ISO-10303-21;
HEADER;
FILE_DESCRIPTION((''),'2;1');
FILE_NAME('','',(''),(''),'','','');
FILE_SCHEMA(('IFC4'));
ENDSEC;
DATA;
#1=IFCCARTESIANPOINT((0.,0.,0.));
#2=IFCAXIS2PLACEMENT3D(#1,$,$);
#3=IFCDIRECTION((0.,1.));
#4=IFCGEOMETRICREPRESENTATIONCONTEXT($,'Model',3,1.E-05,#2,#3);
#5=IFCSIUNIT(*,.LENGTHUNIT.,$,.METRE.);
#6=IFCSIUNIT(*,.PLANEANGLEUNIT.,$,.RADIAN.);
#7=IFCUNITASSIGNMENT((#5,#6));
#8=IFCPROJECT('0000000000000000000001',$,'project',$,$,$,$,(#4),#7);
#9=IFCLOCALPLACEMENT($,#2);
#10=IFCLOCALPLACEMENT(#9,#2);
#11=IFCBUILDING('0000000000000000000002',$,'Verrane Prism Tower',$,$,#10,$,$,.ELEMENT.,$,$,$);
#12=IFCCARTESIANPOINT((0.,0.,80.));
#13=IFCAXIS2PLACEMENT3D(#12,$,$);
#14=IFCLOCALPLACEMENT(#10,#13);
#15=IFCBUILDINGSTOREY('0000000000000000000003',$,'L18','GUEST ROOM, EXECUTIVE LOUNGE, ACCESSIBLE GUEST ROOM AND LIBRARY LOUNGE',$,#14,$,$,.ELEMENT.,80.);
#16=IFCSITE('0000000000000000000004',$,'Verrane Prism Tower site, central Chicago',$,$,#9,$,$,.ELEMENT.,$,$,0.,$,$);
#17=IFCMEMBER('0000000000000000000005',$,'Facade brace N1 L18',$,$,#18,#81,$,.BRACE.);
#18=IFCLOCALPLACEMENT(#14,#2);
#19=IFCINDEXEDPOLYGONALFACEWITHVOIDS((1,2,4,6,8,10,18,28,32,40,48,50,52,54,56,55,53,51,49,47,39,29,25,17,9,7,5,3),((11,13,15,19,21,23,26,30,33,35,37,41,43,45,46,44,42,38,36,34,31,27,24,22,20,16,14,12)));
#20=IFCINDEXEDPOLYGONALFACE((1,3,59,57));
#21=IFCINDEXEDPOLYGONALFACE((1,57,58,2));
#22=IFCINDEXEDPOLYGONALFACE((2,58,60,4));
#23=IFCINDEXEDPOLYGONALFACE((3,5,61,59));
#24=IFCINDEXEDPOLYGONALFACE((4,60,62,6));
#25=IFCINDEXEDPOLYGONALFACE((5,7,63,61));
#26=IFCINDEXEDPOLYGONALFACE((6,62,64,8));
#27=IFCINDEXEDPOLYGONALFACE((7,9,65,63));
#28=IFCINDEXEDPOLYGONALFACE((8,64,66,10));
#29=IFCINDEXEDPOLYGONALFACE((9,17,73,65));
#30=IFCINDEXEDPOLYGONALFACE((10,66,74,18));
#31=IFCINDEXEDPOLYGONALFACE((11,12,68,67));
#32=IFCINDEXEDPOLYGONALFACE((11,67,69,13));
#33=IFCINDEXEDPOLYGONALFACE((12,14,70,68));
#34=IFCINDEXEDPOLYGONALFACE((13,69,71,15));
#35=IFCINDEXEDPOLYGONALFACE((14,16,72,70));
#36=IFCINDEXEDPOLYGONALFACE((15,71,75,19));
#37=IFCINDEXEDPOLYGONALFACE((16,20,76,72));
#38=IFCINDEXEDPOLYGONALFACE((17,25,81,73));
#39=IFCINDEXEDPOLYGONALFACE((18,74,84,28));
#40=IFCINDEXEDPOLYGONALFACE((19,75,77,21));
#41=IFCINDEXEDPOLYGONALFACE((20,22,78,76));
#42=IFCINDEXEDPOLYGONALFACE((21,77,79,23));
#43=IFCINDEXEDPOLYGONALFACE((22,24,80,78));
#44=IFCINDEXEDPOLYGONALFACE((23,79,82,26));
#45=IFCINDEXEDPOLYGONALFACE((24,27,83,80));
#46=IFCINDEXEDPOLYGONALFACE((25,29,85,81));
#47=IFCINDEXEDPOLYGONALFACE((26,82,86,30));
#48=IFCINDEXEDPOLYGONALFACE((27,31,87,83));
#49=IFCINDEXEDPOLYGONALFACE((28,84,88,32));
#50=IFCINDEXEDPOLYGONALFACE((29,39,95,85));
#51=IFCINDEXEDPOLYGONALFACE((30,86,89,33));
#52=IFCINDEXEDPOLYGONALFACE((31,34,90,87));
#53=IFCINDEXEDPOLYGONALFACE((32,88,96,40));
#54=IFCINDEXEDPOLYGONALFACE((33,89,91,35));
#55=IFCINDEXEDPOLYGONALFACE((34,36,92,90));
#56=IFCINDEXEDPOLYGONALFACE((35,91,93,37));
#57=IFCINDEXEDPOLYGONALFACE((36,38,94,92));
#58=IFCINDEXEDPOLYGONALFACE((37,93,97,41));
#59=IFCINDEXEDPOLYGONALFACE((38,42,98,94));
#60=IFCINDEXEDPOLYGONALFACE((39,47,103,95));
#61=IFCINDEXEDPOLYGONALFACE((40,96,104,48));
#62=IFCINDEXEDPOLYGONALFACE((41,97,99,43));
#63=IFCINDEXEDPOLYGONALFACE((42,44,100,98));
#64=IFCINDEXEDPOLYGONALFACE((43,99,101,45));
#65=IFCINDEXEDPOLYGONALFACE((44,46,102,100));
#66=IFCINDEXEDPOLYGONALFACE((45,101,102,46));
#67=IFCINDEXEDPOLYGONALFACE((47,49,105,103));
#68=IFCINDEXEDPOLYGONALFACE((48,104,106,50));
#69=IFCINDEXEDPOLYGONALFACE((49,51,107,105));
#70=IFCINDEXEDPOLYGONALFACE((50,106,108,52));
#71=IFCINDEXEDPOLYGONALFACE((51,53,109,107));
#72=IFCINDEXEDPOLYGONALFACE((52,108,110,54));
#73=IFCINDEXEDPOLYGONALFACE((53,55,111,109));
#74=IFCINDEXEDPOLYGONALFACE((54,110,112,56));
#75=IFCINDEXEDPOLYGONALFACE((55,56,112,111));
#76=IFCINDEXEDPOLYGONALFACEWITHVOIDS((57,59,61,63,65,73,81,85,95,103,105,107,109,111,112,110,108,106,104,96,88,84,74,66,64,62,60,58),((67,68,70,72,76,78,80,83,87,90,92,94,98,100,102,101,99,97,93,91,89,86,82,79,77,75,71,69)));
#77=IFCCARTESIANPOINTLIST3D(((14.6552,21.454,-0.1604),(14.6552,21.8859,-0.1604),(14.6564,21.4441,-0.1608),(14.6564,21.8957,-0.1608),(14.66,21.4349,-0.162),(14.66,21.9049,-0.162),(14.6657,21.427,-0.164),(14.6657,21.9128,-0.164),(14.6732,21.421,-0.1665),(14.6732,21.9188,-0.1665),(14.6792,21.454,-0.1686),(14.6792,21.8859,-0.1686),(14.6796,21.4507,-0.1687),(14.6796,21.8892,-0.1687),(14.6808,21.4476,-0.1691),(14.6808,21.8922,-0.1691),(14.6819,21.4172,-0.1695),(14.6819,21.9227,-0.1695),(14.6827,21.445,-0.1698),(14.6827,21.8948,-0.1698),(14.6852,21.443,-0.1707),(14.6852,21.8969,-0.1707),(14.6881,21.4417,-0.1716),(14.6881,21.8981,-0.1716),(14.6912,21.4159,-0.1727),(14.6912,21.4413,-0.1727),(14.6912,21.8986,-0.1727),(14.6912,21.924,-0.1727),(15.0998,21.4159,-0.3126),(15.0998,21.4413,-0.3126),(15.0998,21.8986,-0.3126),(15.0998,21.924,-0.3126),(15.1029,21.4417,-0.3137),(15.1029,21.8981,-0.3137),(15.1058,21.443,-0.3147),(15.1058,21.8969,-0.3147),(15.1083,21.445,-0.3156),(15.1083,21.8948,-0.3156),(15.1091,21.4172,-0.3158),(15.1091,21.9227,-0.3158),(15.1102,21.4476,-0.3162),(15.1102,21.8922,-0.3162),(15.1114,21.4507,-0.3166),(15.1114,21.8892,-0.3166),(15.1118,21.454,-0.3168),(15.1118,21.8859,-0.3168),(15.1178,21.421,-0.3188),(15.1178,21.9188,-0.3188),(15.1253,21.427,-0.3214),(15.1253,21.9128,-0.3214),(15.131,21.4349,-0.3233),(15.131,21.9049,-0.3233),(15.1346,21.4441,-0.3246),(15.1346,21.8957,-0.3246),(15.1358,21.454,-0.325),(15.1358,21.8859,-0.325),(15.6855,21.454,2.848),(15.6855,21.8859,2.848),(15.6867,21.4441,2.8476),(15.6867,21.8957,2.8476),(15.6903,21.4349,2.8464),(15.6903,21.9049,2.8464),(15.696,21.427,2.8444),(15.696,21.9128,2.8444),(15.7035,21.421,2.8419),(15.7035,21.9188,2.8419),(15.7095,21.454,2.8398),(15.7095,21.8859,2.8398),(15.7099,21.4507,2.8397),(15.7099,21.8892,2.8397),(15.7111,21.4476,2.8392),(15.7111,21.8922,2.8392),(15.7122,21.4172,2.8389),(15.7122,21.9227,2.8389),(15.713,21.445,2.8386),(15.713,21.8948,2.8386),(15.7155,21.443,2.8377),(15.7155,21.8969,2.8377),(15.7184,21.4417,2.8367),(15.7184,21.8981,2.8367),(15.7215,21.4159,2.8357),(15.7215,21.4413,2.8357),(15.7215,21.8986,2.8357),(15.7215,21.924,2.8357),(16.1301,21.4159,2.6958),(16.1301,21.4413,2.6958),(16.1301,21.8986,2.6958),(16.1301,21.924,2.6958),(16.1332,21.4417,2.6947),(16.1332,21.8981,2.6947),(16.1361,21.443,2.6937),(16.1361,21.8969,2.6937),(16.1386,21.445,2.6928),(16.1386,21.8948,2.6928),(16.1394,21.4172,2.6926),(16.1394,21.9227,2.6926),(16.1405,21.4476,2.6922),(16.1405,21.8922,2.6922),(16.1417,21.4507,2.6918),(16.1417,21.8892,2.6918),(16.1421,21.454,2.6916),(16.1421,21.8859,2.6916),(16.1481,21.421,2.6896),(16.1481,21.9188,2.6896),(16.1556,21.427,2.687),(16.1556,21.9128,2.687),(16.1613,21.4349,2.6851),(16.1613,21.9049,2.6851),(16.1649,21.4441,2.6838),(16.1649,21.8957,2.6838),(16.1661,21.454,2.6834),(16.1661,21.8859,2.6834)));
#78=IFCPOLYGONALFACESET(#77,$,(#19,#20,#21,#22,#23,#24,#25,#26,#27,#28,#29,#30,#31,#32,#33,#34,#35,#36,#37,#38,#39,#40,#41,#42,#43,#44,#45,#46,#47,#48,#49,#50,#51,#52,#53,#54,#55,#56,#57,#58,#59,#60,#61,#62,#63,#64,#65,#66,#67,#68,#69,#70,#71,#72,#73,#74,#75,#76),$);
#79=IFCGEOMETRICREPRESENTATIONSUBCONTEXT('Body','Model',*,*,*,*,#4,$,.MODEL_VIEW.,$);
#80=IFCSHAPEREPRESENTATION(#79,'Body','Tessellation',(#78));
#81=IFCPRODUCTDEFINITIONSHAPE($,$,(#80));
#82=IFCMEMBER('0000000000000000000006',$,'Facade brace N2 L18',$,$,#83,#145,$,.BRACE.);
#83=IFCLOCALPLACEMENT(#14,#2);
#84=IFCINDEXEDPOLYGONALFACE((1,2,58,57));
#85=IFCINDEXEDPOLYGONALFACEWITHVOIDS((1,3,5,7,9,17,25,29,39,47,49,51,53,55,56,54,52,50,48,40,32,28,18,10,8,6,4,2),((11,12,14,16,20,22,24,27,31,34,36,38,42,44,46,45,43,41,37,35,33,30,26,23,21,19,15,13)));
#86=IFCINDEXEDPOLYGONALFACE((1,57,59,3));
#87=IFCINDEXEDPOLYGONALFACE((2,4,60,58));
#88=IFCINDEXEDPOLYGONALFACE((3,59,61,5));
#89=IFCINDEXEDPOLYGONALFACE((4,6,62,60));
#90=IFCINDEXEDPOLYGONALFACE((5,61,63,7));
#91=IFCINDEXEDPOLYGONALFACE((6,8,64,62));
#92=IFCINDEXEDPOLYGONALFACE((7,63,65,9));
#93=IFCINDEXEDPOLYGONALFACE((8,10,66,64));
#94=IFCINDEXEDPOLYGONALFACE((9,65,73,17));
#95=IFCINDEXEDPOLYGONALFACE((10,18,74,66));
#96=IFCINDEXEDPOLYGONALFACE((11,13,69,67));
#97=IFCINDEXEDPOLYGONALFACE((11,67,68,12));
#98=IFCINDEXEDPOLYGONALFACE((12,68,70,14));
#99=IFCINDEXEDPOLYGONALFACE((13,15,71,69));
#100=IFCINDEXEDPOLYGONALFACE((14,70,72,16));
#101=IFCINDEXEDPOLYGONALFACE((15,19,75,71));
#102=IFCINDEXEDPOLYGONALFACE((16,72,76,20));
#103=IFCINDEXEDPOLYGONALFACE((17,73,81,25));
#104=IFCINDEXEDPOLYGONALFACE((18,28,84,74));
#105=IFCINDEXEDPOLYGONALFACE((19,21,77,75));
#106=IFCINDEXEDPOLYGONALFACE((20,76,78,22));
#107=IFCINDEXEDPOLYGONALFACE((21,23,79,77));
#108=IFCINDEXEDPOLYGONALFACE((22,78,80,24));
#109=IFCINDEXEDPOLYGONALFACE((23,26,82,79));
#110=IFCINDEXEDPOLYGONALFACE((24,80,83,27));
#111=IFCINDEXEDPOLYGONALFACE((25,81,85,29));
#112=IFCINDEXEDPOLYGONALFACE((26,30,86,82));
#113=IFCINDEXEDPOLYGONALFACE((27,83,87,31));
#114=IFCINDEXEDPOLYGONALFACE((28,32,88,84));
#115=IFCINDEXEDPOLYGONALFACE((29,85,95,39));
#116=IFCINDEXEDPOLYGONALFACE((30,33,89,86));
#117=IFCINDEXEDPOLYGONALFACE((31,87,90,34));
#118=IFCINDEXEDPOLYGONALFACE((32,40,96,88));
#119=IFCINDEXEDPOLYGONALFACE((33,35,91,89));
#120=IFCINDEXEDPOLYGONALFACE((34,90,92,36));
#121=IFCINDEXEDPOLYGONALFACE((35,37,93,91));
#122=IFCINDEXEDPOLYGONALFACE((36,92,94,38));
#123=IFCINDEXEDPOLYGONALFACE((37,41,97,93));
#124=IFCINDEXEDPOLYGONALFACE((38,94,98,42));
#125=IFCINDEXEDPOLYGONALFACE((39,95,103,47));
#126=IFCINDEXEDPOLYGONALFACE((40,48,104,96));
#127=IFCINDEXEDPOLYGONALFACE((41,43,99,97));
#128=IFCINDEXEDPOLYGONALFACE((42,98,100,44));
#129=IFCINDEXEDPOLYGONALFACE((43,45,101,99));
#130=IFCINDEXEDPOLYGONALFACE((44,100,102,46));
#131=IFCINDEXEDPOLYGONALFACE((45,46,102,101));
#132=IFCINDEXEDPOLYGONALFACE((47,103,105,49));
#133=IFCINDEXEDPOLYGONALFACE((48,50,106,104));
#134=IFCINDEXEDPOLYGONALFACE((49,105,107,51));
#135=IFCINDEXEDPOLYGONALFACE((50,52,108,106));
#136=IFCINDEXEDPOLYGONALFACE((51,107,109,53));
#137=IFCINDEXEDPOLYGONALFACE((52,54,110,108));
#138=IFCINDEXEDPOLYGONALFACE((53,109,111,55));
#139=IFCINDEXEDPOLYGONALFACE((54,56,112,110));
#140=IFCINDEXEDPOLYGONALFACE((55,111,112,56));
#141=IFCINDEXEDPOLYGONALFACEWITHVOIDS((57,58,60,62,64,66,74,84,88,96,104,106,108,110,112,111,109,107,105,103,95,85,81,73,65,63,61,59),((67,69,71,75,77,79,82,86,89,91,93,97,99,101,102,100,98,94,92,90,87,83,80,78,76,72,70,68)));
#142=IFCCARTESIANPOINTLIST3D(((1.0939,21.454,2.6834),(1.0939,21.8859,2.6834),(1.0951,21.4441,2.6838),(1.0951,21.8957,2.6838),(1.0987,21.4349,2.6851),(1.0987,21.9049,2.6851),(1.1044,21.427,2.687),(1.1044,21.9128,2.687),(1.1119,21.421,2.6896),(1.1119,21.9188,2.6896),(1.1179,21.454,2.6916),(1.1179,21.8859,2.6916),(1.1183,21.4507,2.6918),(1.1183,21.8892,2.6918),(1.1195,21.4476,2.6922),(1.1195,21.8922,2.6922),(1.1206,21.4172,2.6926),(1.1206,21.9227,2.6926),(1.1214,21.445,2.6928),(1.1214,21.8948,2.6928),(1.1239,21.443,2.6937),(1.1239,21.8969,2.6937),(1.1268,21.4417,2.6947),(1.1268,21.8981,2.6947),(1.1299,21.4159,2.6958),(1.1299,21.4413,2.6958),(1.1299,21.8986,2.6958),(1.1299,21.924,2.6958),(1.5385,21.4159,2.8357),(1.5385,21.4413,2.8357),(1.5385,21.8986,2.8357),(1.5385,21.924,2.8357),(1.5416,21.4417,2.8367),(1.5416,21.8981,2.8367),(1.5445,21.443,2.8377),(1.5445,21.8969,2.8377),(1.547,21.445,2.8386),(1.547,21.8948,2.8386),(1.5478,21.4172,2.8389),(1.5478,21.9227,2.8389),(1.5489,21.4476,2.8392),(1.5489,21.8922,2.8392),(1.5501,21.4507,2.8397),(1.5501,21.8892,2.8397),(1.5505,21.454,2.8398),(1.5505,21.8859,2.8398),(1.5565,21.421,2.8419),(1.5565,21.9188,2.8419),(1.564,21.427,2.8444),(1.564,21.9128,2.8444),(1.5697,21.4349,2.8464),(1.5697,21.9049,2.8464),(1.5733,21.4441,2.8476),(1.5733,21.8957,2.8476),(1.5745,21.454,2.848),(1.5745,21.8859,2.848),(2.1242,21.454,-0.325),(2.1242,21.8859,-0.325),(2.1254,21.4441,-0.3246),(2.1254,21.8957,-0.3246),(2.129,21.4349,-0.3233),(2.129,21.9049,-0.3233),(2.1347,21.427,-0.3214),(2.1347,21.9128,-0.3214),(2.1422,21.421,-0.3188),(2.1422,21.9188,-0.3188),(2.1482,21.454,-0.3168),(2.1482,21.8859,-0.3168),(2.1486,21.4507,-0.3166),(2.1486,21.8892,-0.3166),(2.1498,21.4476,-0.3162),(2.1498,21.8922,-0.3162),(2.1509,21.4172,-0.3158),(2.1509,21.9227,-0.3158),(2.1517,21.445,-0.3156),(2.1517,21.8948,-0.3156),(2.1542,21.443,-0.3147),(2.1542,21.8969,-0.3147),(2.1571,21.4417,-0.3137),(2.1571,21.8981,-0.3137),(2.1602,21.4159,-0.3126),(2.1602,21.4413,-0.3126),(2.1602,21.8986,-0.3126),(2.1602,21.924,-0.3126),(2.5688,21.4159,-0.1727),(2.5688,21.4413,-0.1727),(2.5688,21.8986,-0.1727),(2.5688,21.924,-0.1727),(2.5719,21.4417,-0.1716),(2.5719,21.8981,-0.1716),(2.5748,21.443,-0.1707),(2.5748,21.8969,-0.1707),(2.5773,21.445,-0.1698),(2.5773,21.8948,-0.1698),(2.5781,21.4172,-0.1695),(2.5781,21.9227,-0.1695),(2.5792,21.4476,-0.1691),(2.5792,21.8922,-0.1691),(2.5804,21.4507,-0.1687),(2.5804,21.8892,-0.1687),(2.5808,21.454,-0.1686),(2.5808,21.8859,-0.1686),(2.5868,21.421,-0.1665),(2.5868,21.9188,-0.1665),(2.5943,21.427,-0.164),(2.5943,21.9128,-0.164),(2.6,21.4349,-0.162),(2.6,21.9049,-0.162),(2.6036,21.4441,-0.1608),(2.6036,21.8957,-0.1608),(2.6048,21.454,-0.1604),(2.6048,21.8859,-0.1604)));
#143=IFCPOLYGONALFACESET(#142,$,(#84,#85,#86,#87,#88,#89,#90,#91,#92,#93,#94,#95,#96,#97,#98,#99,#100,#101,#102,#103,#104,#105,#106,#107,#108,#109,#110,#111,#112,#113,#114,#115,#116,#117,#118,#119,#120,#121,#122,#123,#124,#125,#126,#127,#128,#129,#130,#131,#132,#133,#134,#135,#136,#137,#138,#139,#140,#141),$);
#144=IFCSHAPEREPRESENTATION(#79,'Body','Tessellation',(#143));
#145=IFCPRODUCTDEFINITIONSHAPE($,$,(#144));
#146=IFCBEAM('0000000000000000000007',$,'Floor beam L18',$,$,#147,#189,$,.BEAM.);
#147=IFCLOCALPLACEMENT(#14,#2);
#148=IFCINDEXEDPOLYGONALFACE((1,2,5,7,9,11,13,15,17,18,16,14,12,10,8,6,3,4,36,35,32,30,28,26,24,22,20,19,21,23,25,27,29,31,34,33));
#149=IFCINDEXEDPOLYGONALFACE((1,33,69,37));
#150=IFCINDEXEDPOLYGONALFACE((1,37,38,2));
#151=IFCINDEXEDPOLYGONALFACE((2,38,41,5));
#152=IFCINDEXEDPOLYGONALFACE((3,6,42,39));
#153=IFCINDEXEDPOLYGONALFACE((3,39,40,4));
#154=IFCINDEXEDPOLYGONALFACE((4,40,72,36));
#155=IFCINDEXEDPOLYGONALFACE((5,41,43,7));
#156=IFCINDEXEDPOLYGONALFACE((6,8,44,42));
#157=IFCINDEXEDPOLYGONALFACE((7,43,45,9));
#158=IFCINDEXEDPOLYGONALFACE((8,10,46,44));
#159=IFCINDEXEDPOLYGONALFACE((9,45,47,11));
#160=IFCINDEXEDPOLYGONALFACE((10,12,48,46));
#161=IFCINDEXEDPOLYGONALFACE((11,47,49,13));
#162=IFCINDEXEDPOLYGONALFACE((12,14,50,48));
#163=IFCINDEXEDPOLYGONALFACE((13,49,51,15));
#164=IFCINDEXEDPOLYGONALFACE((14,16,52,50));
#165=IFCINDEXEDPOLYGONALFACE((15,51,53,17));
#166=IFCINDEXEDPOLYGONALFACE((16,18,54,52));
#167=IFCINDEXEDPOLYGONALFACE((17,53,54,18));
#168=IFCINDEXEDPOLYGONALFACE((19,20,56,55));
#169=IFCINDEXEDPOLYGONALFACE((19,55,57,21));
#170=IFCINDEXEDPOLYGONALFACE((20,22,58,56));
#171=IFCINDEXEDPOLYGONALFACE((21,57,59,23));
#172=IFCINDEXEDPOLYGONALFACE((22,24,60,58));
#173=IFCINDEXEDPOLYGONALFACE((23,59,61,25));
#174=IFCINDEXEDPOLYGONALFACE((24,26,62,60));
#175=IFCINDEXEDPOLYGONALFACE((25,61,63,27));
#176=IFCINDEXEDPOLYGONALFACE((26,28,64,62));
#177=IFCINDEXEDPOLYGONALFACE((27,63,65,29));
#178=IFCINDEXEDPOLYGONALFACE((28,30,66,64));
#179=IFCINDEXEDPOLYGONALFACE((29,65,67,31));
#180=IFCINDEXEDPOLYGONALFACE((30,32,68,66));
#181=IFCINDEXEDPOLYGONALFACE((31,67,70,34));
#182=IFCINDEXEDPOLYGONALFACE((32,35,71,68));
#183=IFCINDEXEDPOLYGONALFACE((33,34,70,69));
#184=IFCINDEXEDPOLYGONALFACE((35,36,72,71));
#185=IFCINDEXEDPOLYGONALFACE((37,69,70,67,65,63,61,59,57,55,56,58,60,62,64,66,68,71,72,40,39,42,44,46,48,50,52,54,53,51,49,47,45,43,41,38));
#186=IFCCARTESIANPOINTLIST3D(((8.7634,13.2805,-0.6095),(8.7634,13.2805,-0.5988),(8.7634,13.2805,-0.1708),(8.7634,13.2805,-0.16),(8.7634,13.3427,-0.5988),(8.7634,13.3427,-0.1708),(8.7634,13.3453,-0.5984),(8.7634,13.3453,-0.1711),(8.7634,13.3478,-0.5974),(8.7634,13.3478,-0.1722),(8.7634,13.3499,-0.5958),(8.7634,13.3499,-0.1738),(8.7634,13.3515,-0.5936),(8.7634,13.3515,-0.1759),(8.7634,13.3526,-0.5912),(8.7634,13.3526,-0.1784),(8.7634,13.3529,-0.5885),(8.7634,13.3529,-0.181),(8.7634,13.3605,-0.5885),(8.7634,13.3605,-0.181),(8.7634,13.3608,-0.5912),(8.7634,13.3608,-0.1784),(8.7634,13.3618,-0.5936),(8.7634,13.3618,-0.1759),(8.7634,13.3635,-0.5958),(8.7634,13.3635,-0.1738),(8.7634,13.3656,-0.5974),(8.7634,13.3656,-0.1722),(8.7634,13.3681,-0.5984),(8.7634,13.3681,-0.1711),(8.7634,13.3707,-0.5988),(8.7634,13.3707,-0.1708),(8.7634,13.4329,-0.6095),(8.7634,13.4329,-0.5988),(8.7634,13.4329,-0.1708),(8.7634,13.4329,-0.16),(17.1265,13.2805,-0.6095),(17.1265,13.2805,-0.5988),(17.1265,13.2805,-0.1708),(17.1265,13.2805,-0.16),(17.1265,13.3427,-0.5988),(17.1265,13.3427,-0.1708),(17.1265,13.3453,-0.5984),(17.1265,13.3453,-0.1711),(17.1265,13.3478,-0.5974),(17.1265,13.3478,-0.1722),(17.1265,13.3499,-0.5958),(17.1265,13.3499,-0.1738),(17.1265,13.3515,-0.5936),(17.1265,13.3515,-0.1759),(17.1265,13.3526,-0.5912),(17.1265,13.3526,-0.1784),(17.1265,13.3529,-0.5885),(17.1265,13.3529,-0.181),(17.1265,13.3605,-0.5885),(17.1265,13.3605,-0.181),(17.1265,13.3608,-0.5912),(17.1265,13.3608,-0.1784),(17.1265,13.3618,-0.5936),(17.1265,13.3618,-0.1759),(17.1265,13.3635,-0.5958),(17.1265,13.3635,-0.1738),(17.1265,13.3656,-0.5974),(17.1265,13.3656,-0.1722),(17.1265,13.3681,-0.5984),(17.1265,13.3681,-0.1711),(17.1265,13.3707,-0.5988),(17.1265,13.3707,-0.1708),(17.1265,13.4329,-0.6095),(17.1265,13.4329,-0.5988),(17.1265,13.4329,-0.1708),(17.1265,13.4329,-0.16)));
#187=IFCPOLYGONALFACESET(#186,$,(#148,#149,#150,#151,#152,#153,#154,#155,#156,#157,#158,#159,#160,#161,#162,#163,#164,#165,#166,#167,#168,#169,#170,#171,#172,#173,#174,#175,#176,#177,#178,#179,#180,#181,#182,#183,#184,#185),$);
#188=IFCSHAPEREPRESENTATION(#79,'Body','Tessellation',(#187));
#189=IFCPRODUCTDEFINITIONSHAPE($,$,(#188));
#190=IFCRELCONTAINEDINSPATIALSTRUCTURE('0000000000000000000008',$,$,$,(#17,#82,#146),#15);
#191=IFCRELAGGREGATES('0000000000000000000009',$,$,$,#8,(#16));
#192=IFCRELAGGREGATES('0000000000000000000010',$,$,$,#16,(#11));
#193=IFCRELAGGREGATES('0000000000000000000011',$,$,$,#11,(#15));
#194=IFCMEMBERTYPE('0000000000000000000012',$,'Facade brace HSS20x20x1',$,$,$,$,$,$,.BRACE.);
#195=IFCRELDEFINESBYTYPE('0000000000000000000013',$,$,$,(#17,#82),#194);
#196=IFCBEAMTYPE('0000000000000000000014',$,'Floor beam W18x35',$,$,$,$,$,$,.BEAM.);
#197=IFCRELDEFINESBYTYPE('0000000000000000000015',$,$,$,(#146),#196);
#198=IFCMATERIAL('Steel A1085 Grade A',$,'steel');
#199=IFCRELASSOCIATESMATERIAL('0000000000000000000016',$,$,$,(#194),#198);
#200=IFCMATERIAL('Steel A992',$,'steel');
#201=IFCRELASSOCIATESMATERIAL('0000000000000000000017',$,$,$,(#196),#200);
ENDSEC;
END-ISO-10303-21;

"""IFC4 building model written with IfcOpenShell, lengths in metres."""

from ifc_helpers import new_model, si_unit, direction, frame, origin, origin_2d, place, context, subcontext, project, spatial, hollow_rectangle, i_section, extrude, material, material_profile, profile_set, type_object, element, save


model = new_model("IFC4")

# Units and contexts
model_context = context("Model", 3, precision=1e-05, world=origin(), true_north=direction((0.0, 1.0)))
body_context = subcontext(model_context, "Body", "Model", "MODEL_VIEW")
ifc_project = project(units=[si_unit("LENGTHUNIT", "METRE"), si_unit("PLANEANGLEUNIT", "RADIAN")], contexts=[model_context])

# Site, building, storey
site_placement = place(None, origin())
site = spatial("IfcSite", under=ifc_project, at=site_placement, Name="Verrane Prism Tower site, central Chicago", CompositionType="ELEMENT", RefElevation=0.0)
building_placement = place(site_placement, origin())
building = spatial("IfcBuilding", under=site, at=building_placement, Name="Verrane Prism Tower", CompositionType="ELEMENT")
storey_placement = place(building_placement, frame((0.0, 0.0, 80.0)))
storey = spatial("IfcBuildingStorey", under=building, at=storey_placement, Name="L18", Description="GUEST ROOM, EXECUTIVE LOUNGE, ACCESSIBLE GUEST ROOM AND LIBRARY LOUNGE", CompositionType="ELEMENT", Elevation=80.0)

# Members
ifc_material_1 = material(Name="Steel A1085 Grade A", Category="steel")
ifc_material_profile_1 = material_profile(ifc_material_1, hollow_rectangle(XDim=0.5081, YDim=0.5081, WallThickness=0.0254, InnerFilletRadius=0.0127, OuterFilletRadius=0.0381, at=origin_2d()), Name="HSS20x20x1")
ifc_profile_set_1 = profile_set([ifc_material_profile_1], Name="Steel A1085 Grade A")
member_type_1 = type_object("IfcMemberType", Name="Facade brace HSS20x20x1", PredefinedType="BRACE", material=ifc_profile_set_1)
for number, where, z_axis, x_axis, name in (
    (1, (14.8955, 21.6699, -0.2427), (0.324002, 0.0, 0.946056), (0.0, 1.0, 0.0), "Facade brace N1 L18"),
    (2, (2.3645, 21.6699, -0.2427), (-0.324002, 0.0, 0.946056), (0.0, -1.0, 0.0), "Facade brace N2 L18"),
):
    element("IfcMember", number, at=place(storey_placement, frame(where, z_axis=z_axis, x_axis=x_axis)), inside=storey, type_object=member_type_1, Name=name, PredefinedType="BRACE", context=body_context, shape_type="SweptSolid", body=[
        extrude(hollow_rectangle(XDim=0.5081, YDim=0.5081, WallThickness=0.0254, InnerFilletRadius=0.0127, OuterFilletRadius=0.0381, at=origin_2d()), origin(), (0.0, 0.0, 1.0), 3.1799),
    ])

# Beam
ifc_material_2 = material(Name="Steel A992", Category="steel")
ifc_material_profile_2 = material_profile(ifc_material_2, i_section(OverallWidth=0.1523, OverallDepth=0.4495, WebThickness=0.0076, FlangeThickness=0.0107, FilletRadius=0.0103, at=origin_2d()), Name="W18x35")
ifc_profile_set_2 = profile_set([ifc_material_profile_2], Name="Steel A992")
beam_type_1 = type_object("IfcBeamType", Name="Floor beam W18x35", PredefinedType="BEAM", material=ifc_profile_set_2)
for number, where, z_axis, x_axis, name in (
    (3, (8.7634, 13.3567, -0.3848), (1.0, 0.0, 0.0), (0.0, 1.0, 0.0), "Floor beam L18"),
):
    element("IfcBeam", number, at=place(storey_placement, frame(where, z_axis=z_axis, x_axis=x_axis)), inside=storey, type_object=beam_type_1, Name=name, PredefinedType="BEAM", context=body_context, shape_type="SweptSolid", body=[
        extrude(i_section(OverallWidth=0.1523, OverallDepth=0.4495, WebThickness=0.0076, FlangeThickness=0.0107, FilletRadius=0.0103, at=origin_2d()), origin(), (0.0, 0.0, 1.0), 8.363),
    ])

save(model, "model.ifc")
